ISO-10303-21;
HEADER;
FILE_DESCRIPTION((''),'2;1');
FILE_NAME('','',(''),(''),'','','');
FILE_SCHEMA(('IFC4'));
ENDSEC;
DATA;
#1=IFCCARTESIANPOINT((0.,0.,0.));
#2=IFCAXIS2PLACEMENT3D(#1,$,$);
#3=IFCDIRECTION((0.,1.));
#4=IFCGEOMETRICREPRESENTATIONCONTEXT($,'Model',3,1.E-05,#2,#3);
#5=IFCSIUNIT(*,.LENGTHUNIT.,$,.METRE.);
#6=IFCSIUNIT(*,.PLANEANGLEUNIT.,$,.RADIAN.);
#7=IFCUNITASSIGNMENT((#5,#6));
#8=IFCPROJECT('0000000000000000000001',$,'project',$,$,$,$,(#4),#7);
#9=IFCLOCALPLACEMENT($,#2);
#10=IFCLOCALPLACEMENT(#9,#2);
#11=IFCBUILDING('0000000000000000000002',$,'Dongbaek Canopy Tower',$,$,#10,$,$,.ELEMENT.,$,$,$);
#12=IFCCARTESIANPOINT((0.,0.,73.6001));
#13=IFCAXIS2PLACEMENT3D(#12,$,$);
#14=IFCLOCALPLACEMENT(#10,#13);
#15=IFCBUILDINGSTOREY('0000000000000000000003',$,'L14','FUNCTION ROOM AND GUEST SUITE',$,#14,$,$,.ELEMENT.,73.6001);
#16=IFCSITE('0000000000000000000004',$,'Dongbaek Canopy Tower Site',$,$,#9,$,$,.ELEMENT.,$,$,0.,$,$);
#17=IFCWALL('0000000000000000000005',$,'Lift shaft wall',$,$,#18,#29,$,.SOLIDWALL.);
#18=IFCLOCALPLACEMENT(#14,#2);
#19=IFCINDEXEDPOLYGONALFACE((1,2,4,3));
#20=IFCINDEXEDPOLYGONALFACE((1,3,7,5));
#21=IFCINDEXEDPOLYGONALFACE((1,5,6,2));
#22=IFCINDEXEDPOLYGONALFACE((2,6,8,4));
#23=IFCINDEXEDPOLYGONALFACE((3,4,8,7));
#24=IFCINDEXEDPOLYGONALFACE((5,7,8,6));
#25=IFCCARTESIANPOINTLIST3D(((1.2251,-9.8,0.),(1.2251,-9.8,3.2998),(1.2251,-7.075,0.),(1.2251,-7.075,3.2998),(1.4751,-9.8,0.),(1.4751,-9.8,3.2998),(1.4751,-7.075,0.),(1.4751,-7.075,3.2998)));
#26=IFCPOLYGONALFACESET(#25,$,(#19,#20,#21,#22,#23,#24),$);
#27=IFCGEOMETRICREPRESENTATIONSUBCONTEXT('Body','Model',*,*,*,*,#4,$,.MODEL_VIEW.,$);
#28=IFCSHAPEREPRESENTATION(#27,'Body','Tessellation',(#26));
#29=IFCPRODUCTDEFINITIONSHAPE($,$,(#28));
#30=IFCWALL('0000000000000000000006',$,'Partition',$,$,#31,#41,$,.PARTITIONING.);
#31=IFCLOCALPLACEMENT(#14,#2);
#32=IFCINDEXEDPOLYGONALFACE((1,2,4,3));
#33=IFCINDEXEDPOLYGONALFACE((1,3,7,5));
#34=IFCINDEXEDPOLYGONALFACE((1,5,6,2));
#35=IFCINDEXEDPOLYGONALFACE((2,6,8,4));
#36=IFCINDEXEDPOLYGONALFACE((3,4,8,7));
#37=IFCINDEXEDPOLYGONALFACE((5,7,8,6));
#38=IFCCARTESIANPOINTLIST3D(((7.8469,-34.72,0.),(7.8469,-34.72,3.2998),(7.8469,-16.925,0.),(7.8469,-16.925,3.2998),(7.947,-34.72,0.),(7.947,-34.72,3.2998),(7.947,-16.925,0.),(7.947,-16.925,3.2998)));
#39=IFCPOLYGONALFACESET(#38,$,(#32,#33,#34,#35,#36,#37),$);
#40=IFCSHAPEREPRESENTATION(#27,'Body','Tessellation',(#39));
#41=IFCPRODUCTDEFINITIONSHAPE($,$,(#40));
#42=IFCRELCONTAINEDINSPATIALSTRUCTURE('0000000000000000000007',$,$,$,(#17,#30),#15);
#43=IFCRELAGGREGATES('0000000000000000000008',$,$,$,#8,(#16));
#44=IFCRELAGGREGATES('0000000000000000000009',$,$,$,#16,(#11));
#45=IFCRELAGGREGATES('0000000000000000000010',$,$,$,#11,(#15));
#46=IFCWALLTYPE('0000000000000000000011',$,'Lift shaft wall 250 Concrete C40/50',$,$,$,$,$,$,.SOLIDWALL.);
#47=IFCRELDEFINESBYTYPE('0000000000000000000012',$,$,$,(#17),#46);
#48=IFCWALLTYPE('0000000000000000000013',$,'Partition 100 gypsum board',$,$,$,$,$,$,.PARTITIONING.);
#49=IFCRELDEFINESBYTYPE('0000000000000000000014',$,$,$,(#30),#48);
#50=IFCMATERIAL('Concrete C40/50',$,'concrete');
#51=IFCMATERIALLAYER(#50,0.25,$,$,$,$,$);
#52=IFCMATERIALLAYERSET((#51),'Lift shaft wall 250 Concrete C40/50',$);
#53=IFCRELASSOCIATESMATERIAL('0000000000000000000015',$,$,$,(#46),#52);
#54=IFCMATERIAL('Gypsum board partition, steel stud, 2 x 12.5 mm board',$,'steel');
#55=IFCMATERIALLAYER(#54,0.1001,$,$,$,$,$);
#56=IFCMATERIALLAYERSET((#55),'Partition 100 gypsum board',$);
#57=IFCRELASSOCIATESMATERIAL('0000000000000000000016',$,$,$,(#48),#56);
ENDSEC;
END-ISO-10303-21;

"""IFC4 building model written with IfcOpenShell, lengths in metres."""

from ifc_helpers import new_model, si_unit, direction, frame, frame_2d, origin, place, context, subcontext, project, spatial, rectangle, extrude, material, layer, layer_set, type_object, element, save


model = new_model("IFC4")

# Units and contexts
model_context = context("Model", 3, precision=1e-05, world=origin(), true_north=direction((0.0, 1.0)))
body_context = subcontext(model_context, "Body", "Model", "MODEL_VIEW")
ifc_project = project(units=[si_unit("LENGTHUNIT", "METRE"), si_unit("PLANEANGLEUNIT", "RADIAN")], contexts=[model_context])

# Site, building, storey
site_placement = place(None, origin())
site = spatial("IfcSite", under=ifc_project, at=site_placement, Name="Dongbaek Canopy Tower Site", CompositionType="ELEMENT", RefElevation=0.0)
building_placement = place(site_placement, origin())
building = spatial("IfcBuilding", under=site, at=building_placement, Name="Dongbaek Canopy Tower", CompositionType="ELEMENT")
storey_placement = place(building_placement, frame((0.0, 0.0, 73.6001)))
storey = spatial("IfcBuildingStorey", under=building, at=storey_placement, Name="L14", Description="FUNCTION ROOM AND GUEST SUITE", CompositionType="ELEMENT", Elevation=73.6001)

# Walls
ifc_material_1 = material(Name="Concrete C40/50", Category="concrete")
ifc_layer_1 = layer(ifc_material_1, 0.25)
ifc_layer_set_1 = layer_set([ifc_layer_1], Name="Lift shaft wall 250 Concrete C40/50")
wall_type_1 = type_object("IfcWallType", Name="Lift shaft wall 250 Concrete C40/50", PredefinedType="SOLIDWALL", material=ifc_layer_set_1)
for number, where, z_axis, x_axis, name in (
    (1, (1.3501, -9.8, 0.0), (0.0, 0.0, 1.0), (0.0, 1.0, 0.0), "Lift shaft wall"),
):
    element("IfcWall", number, at=place(storey_placement, frame(where, z_axis=z_axis, x_axis=x_axis)), inside=storey, type_object=wall_type_1, Name=name, PredefinedType="SOLIDWALL", context=body_context, shape_type="SweptSolid", body=[
        extrude(rectangle(XDim=2.7251, YDim=0.25, at=frame_2d((1.3625, 0.0))), origin(), (0.0, 0.0, 1.0), 3.2998),
    ])
ifc_material_2 = material(Name="Gypsum board partition, steel stud, 2 x 12.5 mm board", Category="steel")
ifc_layer_2 = layer(ifc_material_2, 0.1001)
ifc_layer_set_2 = layer_set([ifc_layer_2], Name="Partition 100 gypsum board")
wall_type_2 = type_object("IfcWallType", Name="Partition 100 gypsum board", PredefinedType="PARTITIONING", material=ifc_layer_set_2)
wall_1_placement = place(storey_placement, frame((7.897, -34.72, 0.0), z_axis=(0.0, 0.0, 1.0), x_axis=(0.0, 1.0, 0.0)))
element("IfcWall", 2, at=wall_1_placement, inside=storey, type_object=wall_type_2, Name="Partition", PredefinedType="PARTITIONING", context=body_context, shape_type="SweptSolid", body=[
    extrude(rectangle(XDim=17.7949, YDim=0.1001, at=frame_2d((8.8975, 0.0))), origin(), (0.0, 0.0, 1.0), 3.2998),
])

save(model, "model.ifc")
